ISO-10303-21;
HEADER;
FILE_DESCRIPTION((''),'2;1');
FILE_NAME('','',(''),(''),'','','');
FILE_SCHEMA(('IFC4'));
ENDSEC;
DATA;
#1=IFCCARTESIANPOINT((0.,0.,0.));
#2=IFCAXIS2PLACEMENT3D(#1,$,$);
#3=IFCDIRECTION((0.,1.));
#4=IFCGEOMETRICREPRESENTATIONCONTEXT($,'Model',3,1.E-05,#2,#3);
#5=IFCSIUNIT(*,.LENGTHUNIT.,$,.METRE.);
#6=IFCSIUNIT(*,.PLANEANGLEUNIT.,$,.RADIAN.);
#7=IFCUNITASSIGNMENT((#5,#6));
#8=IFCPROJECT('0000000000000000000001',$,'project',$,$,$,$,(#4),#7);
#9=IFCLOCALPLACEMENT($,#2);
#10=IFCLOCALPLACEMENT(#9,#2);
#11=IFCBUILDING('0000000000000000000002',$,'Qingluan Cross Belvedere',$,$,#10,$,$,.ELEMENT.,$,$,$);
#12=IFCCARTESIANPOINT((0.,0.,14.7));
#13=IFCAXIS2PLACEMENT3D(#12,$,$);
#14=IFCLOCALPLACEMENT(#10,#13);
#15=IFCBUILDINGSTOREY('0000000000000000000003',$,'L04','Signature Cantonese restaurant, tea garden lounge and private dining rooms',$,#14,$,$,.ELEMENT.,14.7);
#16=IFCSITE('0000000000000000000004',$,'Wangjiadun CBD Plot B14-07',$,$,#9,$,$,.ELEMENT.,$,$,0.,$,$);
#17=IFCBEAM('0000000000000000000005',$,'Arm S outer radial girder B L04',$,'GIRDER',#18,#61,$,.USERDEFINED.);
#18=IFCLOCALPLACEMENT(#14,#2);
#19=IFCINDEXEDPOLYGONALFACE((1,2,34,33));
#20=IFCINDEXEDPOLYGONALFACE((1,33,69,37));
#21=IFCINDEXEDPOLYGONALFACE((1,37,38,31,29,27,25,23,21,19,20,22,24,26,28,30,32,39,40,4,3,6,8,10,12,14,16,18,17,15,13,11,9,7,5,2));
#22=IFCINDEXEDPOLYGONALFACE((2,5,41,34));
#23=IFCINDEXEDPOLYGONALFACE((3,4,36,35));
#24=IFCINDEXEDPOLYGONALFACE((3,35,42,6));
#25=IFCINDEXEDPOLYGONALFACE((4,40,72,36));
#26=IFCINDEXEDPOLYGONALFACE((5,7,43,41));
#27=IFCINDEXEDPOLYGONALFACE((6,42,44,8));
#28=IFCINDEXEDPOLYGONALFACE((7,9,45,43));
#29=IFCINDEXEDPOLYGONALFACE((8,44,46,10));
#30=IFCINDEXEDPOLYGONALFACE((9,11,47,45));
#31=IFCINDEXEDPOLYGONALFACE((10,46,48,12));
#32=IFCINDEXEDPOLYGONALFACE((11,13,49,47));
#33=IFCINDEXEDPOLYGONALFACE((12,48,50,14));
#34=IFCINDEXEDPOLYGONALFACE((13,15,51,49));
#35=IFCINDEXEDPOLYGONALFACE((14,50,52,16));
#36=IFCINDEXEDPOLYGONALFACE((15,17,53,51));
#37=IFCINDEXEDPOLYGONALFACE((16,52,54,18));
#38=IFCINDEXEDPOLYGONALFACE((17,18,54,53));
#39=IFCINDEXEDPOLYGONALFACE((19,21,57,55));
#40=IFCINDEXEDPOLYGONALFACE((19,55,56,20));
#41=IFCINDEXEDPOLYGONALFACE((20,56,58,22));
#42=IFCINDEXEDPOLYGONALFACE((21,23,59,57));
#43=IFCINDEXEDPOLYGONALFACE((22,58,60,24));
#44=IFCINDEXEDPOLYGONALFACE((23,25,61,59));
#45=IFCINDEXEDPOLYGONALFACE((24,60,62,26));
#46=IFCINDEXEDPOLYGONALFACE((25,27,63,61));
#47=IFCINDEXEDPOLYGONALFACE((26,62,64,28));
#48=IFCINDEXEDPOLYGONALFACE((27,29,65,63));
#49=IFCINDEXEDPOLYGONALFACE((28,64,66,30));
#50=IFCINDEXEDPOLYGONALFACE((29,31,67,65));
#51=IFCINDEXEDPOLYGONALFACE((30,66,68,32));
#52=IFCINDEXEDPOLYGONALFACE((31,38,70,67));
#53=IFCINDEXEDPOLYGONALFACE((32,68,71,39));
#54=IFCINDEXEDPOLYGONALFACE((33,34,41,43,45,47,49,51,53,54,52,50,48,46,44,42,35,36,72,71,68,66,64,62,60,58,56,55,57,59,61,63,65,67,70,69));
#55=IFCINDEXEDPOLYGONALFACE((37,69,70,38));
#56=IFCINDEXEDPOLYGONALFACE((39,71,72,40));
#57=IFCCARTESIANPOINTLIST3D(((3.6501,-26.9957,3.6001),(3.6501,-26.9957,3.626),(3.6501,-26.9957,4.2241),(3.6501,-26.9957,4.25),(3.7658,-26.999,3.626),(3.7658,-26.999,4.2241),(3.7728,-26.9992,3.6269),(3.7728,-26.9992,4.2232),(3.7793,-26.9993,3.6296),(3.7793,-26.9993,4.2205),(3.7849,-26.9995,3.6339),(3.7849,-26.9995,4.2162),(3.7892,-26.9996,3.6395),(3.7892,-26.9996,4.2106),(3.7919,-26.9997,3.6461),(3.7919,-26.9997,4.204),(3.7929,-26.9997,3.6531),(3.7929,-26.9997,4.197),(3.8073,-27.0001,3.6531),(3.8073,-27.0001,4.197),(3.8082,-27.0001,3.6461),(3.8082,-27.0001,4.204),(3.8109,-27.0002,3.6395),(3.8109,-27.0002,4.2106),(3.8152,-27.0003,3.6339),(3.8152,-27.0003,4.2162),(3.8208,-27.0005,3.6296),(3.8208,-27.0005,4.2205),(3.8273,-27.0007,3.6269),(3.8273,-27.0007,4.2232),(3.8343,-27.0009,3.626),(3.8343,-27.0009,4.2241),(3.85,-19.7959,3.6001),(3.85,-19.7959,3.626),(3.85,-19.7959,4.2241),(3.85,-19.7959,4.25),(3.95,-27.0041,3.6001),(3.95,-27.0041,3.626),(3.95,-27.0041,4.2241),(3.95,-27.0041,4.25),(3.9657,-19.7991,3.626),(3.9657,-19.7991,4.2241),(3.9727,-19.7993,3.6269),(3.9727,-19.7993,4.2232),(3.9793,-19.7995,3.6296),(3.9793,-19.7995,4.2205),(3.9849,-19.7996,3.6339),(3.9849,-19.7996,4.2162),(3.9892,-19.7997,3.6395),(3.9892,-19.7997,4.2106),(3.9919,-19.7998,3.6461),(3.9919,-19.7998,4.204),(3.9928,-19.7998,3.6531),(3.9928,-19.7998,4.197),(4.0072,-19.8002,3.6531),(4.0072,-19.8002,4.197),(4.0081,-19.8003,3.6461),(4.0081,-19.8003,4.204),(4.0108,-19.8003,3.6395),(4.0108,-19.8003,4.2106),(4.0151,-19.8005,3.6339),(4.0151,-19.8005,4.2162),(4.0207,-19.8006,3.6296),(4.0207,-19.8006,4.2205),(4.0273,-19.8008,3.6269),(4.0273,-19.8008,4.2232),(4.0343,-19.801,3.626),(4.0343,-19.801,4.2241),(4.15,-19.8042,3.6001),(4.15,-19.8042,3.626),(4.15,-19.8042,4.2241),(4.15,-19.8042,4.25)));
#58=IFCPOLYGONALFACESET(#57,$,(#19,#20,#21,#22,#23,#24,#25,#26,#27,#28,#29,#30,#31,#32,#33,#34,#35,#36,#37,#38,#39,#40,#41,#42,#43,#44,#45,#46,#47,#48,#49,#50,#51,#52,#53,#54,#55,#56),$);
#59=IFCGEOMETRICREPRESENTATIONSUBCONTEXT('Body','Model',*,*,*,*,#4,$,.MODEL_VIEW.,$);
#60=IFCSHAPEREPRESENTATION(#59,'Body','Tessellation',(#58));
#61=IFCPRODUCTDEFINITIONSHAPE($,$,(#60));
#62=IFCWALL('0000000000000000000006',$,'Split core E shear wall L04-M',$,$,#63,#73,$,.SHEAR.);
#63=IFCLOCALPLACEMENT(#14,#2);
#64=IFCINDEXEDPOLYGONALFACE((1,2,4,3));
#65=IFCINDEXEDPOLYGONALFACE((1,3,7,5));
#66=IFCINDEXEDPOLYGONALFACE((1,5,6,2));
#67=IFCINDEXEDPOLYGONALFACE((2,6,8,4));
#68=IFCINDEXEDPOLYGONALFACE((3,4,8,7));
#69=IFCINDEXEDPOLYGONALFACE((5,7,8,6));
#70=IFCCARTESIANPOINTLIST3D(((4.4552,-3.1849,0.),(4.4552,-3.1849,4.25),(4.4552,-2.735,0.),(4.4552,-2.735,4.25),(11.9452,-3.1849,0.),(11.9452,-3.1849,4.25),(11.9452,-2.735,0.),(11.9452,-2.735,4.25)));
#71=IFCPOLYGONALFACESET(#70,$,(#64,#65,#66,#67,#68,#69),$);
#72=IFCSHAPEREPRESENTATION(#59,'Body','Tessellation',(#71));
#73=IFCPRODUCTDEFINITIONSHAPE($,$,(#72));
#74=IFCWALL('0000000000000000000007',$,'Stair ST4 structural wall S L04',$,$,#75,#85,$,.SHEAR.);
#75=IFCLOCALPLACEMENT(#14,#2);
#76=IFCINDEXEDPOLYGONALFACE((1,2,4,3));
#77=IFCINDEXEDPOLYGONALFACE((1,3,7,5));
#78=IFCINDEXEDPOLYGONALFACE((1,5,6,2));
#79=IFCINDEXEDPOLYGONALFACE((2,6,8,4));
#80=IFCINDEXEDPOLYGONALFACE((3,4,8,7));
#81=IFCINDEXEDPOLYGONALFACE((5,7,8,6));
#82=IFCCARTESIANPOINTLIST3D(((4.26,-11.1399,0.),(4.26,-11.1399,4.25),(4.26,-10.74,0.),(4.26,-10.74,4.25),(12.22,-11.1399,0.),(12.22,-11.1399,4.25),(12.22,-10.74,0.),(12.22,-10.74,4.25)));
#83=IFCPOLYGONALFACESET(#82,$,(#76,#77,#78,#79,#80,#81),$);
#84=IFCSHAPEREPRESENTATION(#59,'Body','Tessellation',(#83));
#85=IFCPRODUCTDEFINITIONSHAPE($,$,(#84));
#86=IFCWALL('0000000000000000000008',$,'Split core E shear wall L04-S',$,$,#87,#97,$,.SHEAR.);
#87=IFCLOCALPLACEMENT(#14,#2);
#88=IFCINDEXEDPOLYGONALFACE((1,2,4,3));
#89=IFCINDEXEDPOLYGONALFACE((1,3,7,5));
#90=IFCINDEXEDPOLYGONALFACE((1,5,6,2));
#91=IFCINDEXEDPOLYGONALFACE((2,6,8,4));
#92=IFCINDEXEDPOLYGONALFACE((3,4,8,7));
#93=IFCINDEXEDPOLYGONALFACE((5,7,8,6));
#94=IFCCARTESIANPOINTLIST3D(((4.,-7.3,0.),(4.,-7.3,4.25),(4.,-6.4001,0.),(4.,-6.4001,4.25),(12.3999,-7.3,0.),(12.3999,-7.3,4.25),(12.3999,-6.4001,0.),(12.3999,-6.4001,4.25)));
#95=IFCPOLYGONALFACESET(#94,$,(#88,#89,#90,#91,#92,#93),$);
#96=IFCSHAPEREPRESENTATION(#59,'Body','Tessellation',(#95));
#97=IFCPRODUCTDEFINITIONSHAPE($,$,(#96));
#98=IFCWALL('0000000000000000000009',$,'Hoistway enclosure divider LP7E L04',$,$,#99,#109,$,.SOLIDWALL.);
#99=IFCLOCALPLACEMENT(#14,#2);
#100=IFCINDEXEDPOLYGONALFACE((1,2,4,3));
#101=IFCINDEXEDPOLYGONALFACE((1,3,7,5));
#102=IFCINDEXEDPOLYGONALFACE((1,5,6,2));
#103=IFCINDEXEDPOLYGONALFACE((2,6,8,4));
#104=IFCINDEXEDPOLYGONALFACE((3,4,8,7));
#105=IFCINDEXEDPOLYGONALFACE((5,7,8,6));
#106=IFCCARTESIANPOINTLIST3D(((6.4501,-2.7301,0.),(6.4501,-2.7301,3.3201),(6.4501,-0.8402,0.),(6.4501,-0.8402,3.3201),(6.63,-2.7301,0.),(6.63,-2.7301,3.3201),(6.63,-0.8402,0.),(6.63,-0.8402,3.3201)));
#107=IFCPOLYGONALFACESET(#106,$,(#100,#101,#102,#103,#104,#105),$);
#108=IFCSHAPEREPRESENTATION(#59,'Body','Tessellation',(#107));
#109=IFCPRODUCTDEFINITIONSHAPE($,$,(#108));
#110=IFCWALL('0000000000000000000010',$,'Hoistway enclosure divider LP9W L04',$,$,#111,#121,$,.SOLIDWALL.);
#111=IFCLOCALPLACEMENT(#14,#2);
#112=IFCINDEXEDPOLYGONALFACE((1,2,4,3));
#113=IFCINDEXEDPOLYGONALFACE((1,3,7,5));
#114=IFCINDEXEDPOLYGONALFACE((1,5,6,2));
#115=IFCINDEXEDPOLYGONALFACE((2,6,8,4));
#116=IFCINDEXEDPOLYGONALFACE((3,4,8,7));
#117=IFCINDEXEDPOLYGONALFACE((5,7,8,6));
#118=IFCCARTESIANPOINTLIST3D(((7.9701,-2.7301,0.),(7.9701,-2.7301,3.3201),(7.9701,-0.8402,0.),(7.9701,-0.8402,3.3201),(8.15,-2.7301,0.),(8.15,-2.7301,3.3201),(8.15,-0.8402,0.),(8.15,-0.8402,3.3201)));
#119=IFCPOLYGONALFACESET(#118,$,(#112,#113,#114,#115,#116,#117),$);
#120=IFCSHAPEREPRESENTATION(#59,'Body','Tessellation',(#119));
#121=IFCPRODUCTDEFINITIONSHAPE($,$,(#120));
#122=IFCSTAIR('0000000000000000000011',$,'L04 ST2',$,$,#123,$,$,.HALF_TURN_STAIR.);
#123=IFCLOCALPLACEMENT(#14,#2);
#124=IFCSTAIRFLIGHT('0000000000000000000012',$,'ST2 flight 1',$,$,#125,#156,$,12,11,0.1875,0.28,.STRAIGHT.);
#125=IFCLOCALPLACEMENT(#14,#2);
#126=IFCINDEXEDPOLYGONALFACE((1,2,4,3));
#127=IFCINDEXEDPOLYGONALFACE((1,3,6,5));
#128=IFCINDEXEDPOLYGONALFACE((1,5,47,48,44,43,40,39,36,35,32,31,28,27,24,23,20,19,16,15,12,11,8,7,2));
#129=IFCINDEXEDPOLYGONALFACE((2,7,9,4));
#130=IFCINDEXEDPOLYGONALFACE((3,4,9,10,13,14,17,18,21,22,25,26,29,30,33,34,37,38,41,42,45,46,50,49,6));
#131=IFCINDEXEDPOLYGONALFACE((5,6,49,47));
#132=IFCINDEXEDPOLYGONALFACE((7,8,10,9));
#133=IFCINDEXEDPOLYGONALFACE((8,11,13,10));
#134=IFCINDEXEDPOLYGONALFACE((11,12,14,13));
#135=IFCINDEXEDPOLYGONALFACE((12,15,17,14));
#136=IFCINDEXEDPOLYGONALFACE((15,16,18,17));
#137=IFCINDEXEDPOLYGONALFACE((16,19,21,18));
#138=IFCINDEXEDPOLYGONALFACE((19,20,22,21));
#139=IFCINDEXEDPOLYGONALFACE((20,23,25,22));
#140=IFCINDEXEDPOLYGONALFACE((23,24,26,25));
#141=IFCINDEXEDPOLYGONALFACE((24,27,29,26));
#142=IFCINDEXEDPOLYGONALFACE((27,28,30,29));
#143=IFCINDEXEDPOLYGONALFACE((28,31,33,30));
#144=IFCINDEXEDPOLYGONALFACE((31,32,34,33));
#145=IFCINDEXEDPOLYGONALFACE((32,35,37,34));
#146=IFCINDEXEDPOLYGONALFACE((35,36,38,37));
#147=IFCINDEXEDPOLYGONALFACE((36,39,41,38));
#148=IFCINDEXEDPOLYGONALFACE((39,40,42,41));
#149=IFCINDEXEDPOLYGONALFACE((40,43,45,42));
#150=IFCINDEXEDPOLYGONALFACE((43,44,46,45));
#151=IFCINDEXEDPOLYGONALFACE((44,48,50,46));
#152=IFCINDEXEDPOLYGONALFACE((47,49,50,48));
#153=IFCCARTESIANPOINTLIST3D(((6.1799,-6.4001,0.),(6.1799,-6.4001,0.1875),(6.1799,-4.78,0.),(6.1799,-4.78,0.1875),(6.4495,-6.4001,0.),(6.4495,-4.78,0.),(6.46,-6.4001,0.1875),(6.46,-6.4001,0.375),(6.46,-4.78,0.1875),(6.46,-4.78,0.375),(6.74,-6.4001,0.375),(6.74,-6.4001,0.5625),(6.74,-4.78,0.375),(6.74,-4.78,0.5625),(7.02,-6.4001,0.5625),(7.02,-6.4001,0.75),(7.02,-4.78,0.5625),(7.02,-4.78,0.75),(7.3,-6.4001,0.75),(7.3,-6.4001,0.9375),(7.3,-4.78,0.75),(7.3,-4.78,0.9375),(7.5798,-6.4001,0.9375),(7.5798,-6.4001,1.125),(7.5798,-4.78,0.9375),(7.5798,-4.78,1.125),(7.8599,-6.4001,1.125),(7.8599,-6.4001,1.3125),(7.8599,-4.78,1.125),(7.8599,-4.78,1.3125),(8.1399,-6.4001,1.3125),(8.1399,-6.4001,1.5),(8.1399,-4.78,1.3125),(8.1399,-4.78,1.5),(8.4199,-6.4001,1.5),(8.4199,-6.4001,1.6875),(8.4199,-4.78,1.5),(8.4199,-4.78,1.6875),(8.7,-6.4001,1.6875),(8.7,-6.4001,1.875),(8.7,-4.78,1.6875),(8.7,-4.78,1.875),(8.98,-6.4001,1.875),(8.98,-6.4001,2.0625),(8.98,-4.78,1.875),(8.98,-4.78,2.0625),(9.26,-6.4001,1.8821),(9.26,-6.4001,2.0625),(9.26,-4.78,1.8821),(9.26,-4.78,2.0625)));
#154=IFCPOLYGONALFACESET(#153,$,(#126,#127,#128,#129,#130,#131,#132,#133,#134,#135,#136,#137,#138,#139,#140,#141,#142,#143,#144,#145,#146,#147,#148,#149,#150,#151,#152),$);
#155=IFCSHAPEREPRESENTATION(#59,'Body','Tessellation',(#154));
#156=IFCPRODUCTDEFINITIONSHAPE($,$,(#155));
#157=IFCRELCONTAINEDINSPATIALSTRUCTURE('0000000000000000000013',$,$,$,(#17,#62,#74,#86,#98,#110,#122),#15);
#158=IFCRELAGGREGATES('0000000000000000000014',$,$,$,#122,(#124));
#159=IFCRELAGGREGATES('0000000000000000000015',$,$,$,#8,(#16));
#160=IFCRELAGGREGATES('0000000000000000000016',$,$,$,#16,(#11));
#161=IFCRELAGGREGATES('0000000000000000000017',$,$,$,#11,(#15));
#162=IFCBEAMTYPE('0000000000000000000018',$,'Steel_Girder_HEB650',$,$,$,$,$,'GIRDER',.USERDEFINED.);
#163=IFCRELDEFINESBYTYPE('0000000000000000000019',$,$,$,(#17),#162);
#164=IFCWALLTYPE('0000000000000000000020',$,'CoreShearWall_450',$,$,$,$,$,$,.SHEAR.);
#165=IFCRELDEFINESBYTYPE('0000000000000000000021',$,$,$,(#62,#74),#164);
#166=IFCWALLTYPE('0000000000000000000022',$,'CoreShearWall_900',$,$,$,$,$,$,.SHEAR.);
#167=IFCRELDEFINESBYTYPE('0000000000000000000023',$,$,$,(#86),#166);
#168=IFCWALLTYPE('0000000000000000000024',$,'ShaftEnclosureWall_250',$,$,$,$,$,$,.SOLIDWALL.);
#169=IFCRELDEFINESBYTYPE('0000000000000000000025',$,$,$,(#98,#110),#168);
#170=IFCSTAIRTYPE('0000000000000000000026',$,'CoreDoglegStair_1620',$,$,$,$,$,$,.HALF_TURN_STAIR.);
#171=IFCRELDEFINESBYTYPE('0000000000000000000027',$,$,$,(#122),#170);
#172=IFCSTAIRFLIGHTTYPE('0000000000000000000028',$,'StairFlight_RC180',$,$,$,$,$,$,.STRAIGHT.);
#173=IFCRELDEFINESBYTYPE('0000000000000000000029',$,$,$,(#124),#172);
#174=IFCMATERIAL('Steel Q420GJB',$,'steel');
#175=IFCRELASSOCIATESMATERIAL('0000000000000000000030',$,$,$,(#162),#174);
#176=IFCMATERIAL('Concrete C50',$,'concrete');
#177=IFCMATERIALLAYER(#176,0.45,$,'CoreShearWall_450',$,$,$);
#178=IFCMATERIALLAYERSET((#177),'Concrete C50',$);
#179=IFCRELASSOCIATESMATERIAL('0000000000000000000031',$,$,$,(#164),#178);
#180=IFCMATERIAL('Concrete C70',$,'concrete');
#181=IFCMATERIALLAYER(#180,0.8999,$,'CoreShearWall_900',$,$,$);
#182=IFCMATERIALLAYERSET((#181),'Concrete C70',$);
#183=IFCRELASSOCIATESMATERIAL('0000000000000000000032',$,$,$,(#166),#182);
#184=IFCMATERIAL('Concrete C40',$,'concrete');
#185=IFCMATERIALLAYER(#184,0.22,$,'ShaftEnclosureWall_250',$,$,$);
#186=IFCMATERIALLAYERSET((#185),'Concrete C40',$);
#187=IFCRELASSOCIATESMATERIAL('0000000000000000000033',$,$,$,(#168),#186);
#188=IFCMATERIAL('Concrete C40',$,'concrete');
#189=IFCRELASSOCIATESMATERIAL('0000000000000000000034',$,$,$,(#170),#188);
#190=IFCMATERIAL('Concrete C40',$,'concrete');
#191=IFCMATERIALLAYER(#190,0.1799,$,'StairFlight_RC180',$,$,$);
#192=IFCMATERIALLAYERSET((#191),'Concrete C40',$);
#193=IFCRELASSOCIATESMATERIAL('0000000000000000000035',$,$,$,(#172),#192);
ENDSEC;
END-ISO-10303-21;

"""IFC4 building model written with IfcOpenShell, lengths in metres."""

from ifc_helpers import new_model, si_unit, direction, frame, frame_2d, origin, origin_2d, place, context, subcontext, project, spatial, polyline, rectangle, i_section, outline, extrude, material, layer, layer_set, material_profile, profile_set, type_object, element, aggregate, save


model = new_model("IFC4")

# Units and contexts
model_context = context("Model", 3, precision=1e-05, world=origin(), true_north=direction((0.0, 1.0)))
body_context = subcontext(model_context, "Body", "Model", "MODEL_VIEW")
ifc_project = project(units=[si_unit("LENGTHUNIT", "METRE"), si_unit("PLANEANGLEUNIT", "RADIAN")], contexts=[model_context])

# Site, building, storey
site_placement = place(None, origin())
site = spatial("IfcSite", under=ifc_project, at=site_placement, Name="Wangjiadun CBD Plot B14-07", CompositionType="ELEMENT", RefElevation=0.0)
building_placement = place(site_placement, origin())
building = spatial("IfcBuilding", under=site, at=building_placement, Name="Qingluan Cross Belvedere", CompositionType="ELEMENT")
storey_placement = place(building_placement, frame((0.0, 0.0, 14.7)))
storey = spatial("IfcBuildingStorey", under=building, at=storey_placement, Name="L04", Description="Signature Cantonese restaurant, tea garden lounge and private dining rooms", CompositionType="ELEMENT", Elevation=14.7)

# Beam
ifc_material_1 = material(Name="Steel Q420GJB", Category="steel")
ifc_material_profile_1 = material_profile(ifc_material_1, i_section(OverallWidth=0.3, OverallDepth=0.6499, WebThickness=0.0144, FlangeThickness=0.0259, FilletRadius=0.0271, at=origin_2d()), Name="HEB650")
ifc_profile_set_1 = profile_set([ifc_material_profile_1], Name="Steel Q420GJB")
beam_type_1 = type_object("IfcBeamType", Name="Steel_Girder_HEB650", ElementType="GIRDER", PredefinedType="USERDEFINED", material=ifc_profile_set_1)
beam_1_placement = place(storey_placement, frame((4.0, -19.8, 3.925), z_axis=(-0.02776, -0.999615, 0.0), x_axis=(0.999615, -0.02776, 0.0)))
element("IfcBeam", 1, at=beam_1_placement, inside=storey, type_object=beam_type_1, Name="Arm S outer radial girder B L04", ObjectType="GIRDER", PredefinedType="USERDEFINED", context=body_context, shape_type="SweptSolid", body=[
    extrude(i_section(OverallWidth=0.3, OverallDepth=0.6499, WebThickness=0.0144, FlangeThickness=0.0259, FilletRadius=0.0271, at=origin_2d()), origin(), (0.0, 0.0, 1.0), 7.2026),
])

# Walls
ifc_material_2 = material(Name="Concrete C50", Category="concrete")
ifc_layer_1 = layer(ifc_material_2, 0.45, Name="CoreShearWall_450")
ifc_layer_set_1 = layer_set([ifc_layer_1], Name="Concrete C50")
wall_type_1 = type_object("IfcWallType", Name="CoreShearWall_450", PredefinedType="SHEAR", material=ifc_layer_set_1)
wall_1_placement = place(storey_placement, frame((4.4551, -2.96, 0.0), z_axis=(0.0, 0.0, 1.0), x_axis=(1.0, 0.0, 0.0)))
element("IfcWall", 2, at=wall_1_placement, inside=storey, type_object=wall_type_1, Name="Split core E shear wall L04-M", PredefinedType="SHEAR", context=body_context, shape_type="SweptSolid", body=[
    extrude(rectangle(XDim=7.49, YDim=0.45, at=frame_2d((3.7451, 0.0))), origin(), (0.0, 0.0, 1.0), 4.25),
])
wall_2_placement = place(storey_placement, frame((4.26, -10.9399, 0.0), z_axis=(0.0, 0.0, 1.0), x_axis=(1.0, 0.0, 0.0)))
element("IfcWall", 3, at=wall_2_placement, inside=storey, type_object=wall_type_1, Name="Stair ST4 structural wall S L04", PredefinedType="SHEAR", context=body_context, shape_type="SweptSolid", body=[
    extrude(rectangle(XDim=7.96, YDim=0.3999, at=frame_2d((3.98, 0.0))), origin(), (0.0, 0.0, 1.0), 4.25),
])

# Wall
ifc_material_3 = material(Name="Concrete C70", Category="concrete")
ifc_layer_2 = layer(ifc_material_3, 0.8999, Name="CoreShearWall_900")
ifc_layer_set_2 = layer_set([ifc_layer_2], Name="Concrete C70")
wall_type_2 = type_object("IfcWallType", Name="CoreShearWall_900", PredefinedType="SHEAR", material=ifc_layer_set_2)
wall_3_placement = place(storey_placement, frame((4.0, -6.8501, 0.0), z_axis=(0.0, 0.0, 1.0), x_axis=(1.0, 0.0, 0.0)))
element("IfcWall", 4, at=wall_3_placement, inside=storey, type_object=wall_type_2, Name="Split core E shear wall L04-S", PredefinedType="SHEAR", context=body_context, shape_type="SweptSolid", body=[
    extrude(rectangle(XDim=8.3999, YDim=0.8999, at=frame_2d((4.2, 0.0))), origin(), (0.0, 0.0, 1.0), 4.25),
])

# Walls
ifc_material_4 = material(Name="Concrete C40", Category="concrete")
ifc_layer_3 = layer(ifc_material_4, 0.22, Name="ShaftEnclosureWall_250")
ifc_layer_set_3 = layer_set([ifc_layer_3], Name="Concrete C40")
wall_type_3 = type_object("IfcWallType", Name="ShaftEnclosureWall_250", PredefinedType="SOLIDWALL", material=ifc_layer_set_3)
for number, where, z_axis, x_axis, name in (
    (5, (6.54, -2.73, 0.0), (0.0, 0.0, 1.0), (0.0, 1.0, 0.0), "Hoistway enclosure divider LP7E L04"),
    (6, (8.0601, -2.73, 0.0), (0.0, 0.0, 1.0), (0.0, 1.0, 0.0), "Hoistway enclosure divider LP9W L04"),
):
    element("IfcWall", number, at=place(storey_placement, frame(where, z_axis=z_axis, x_axis=x_axis)), inside=storey, type_object=wall_type_3, Name=name, PredefinedType="SOLIDWALL", context=body_context, shape_type="SweptSolid", body=[
        extrude(rectangle(XDim=1.8899, YDim=0.1799, at=frame_2d((0.9448, 0.0))), origin(), (0.0, 0.0, 1.0), 3.3201),
    ])

# Stair, stair flight
ifc_material_5 = material(Name="Concrete C40", Category="concrete")
stair_type = type_object("IfcStairType", Name="CoreDoglegStair_1620", PredefinedType="HALF_TURN_STAIR", material=ifc_material_5)
stair_1_placement = place(storey_placement, origin())
stair_1 = element("IfcStair", 7, at=stair_1_placement, inside=storey, type_object=stair_type, Name="L04 ST2", PredefinedType="HALF_TURN_STAIR")
ifc_material_6 = material(Name="Concrete C40", Category="concrete")
ifc_layer_4 = layer(ifc_material_6, 0.1799, Name="StairFlight_RC180")
ifc_layer_set_4 = layer_set([ifc_layer_4], Name="Concrete C40")
stair_flight_type = type_object("IfcStairFlightType", Name="StairFlight_RC180", PredefinedType="STRAIGHT", material=ifc_layer_set_4)
stair_flight_1_placement = place(storey_placement, frame((6.1799, -5.5901, 0.0), z_axis=(0.0, 0.0, 1.0), x_axis=(1.0, 0.0, 0.0)))
stair_flight_1 = element("IfcStairFlight", 8, at=stair_flight_1_placement, type_object=stair_flight_type, Name="ST2 flight 1", NumberOfRisers=12, NumberOfTreads=11, PredefinedType="STRAIGHT", RiserHeight=0.1875, TreadLength=0.28, context=body_context, shape_type="SweptSolid", body=[
    extrude(outline(polyline([(0.0, 0.0), (0.0, 0.1875), (0.28, 0.1875), (0.28, 0.375), (0.5601, 0.375), (0.5601, 0.5625), (0.8401, 0.5625), (0.8401, 0.75), (1.1201, 0.75), (1.1201, 0.9375), (1.3999, 0.9375), (1.3999, 1.125), (1.6799, 1.125), (1.6799, 1.3125), (1.96, 1.3125), (1.96, 1.5), (2.24, 1.5), (2.24, 1.6875), (2.52, 1.6875), (2.52, 1.875), (2.8, 1.875), (2.8, 2.0625), (3.0801, 2.0625), (3.0801, 2.25), (3.0801, 1.8821), (0.2695, 0.0), (0.0, 0.0)])), frame((0.0, 0.8101, 0.0), z_axis=(0.0, -1.0, 0.0), x_axis=(1.0, 0.0, 0.0)), (0.0, 0.0, 1.0), 1.6201),
])
aggregate(stair_1, [stair_flight_1])

save(model, "model.ifc")
